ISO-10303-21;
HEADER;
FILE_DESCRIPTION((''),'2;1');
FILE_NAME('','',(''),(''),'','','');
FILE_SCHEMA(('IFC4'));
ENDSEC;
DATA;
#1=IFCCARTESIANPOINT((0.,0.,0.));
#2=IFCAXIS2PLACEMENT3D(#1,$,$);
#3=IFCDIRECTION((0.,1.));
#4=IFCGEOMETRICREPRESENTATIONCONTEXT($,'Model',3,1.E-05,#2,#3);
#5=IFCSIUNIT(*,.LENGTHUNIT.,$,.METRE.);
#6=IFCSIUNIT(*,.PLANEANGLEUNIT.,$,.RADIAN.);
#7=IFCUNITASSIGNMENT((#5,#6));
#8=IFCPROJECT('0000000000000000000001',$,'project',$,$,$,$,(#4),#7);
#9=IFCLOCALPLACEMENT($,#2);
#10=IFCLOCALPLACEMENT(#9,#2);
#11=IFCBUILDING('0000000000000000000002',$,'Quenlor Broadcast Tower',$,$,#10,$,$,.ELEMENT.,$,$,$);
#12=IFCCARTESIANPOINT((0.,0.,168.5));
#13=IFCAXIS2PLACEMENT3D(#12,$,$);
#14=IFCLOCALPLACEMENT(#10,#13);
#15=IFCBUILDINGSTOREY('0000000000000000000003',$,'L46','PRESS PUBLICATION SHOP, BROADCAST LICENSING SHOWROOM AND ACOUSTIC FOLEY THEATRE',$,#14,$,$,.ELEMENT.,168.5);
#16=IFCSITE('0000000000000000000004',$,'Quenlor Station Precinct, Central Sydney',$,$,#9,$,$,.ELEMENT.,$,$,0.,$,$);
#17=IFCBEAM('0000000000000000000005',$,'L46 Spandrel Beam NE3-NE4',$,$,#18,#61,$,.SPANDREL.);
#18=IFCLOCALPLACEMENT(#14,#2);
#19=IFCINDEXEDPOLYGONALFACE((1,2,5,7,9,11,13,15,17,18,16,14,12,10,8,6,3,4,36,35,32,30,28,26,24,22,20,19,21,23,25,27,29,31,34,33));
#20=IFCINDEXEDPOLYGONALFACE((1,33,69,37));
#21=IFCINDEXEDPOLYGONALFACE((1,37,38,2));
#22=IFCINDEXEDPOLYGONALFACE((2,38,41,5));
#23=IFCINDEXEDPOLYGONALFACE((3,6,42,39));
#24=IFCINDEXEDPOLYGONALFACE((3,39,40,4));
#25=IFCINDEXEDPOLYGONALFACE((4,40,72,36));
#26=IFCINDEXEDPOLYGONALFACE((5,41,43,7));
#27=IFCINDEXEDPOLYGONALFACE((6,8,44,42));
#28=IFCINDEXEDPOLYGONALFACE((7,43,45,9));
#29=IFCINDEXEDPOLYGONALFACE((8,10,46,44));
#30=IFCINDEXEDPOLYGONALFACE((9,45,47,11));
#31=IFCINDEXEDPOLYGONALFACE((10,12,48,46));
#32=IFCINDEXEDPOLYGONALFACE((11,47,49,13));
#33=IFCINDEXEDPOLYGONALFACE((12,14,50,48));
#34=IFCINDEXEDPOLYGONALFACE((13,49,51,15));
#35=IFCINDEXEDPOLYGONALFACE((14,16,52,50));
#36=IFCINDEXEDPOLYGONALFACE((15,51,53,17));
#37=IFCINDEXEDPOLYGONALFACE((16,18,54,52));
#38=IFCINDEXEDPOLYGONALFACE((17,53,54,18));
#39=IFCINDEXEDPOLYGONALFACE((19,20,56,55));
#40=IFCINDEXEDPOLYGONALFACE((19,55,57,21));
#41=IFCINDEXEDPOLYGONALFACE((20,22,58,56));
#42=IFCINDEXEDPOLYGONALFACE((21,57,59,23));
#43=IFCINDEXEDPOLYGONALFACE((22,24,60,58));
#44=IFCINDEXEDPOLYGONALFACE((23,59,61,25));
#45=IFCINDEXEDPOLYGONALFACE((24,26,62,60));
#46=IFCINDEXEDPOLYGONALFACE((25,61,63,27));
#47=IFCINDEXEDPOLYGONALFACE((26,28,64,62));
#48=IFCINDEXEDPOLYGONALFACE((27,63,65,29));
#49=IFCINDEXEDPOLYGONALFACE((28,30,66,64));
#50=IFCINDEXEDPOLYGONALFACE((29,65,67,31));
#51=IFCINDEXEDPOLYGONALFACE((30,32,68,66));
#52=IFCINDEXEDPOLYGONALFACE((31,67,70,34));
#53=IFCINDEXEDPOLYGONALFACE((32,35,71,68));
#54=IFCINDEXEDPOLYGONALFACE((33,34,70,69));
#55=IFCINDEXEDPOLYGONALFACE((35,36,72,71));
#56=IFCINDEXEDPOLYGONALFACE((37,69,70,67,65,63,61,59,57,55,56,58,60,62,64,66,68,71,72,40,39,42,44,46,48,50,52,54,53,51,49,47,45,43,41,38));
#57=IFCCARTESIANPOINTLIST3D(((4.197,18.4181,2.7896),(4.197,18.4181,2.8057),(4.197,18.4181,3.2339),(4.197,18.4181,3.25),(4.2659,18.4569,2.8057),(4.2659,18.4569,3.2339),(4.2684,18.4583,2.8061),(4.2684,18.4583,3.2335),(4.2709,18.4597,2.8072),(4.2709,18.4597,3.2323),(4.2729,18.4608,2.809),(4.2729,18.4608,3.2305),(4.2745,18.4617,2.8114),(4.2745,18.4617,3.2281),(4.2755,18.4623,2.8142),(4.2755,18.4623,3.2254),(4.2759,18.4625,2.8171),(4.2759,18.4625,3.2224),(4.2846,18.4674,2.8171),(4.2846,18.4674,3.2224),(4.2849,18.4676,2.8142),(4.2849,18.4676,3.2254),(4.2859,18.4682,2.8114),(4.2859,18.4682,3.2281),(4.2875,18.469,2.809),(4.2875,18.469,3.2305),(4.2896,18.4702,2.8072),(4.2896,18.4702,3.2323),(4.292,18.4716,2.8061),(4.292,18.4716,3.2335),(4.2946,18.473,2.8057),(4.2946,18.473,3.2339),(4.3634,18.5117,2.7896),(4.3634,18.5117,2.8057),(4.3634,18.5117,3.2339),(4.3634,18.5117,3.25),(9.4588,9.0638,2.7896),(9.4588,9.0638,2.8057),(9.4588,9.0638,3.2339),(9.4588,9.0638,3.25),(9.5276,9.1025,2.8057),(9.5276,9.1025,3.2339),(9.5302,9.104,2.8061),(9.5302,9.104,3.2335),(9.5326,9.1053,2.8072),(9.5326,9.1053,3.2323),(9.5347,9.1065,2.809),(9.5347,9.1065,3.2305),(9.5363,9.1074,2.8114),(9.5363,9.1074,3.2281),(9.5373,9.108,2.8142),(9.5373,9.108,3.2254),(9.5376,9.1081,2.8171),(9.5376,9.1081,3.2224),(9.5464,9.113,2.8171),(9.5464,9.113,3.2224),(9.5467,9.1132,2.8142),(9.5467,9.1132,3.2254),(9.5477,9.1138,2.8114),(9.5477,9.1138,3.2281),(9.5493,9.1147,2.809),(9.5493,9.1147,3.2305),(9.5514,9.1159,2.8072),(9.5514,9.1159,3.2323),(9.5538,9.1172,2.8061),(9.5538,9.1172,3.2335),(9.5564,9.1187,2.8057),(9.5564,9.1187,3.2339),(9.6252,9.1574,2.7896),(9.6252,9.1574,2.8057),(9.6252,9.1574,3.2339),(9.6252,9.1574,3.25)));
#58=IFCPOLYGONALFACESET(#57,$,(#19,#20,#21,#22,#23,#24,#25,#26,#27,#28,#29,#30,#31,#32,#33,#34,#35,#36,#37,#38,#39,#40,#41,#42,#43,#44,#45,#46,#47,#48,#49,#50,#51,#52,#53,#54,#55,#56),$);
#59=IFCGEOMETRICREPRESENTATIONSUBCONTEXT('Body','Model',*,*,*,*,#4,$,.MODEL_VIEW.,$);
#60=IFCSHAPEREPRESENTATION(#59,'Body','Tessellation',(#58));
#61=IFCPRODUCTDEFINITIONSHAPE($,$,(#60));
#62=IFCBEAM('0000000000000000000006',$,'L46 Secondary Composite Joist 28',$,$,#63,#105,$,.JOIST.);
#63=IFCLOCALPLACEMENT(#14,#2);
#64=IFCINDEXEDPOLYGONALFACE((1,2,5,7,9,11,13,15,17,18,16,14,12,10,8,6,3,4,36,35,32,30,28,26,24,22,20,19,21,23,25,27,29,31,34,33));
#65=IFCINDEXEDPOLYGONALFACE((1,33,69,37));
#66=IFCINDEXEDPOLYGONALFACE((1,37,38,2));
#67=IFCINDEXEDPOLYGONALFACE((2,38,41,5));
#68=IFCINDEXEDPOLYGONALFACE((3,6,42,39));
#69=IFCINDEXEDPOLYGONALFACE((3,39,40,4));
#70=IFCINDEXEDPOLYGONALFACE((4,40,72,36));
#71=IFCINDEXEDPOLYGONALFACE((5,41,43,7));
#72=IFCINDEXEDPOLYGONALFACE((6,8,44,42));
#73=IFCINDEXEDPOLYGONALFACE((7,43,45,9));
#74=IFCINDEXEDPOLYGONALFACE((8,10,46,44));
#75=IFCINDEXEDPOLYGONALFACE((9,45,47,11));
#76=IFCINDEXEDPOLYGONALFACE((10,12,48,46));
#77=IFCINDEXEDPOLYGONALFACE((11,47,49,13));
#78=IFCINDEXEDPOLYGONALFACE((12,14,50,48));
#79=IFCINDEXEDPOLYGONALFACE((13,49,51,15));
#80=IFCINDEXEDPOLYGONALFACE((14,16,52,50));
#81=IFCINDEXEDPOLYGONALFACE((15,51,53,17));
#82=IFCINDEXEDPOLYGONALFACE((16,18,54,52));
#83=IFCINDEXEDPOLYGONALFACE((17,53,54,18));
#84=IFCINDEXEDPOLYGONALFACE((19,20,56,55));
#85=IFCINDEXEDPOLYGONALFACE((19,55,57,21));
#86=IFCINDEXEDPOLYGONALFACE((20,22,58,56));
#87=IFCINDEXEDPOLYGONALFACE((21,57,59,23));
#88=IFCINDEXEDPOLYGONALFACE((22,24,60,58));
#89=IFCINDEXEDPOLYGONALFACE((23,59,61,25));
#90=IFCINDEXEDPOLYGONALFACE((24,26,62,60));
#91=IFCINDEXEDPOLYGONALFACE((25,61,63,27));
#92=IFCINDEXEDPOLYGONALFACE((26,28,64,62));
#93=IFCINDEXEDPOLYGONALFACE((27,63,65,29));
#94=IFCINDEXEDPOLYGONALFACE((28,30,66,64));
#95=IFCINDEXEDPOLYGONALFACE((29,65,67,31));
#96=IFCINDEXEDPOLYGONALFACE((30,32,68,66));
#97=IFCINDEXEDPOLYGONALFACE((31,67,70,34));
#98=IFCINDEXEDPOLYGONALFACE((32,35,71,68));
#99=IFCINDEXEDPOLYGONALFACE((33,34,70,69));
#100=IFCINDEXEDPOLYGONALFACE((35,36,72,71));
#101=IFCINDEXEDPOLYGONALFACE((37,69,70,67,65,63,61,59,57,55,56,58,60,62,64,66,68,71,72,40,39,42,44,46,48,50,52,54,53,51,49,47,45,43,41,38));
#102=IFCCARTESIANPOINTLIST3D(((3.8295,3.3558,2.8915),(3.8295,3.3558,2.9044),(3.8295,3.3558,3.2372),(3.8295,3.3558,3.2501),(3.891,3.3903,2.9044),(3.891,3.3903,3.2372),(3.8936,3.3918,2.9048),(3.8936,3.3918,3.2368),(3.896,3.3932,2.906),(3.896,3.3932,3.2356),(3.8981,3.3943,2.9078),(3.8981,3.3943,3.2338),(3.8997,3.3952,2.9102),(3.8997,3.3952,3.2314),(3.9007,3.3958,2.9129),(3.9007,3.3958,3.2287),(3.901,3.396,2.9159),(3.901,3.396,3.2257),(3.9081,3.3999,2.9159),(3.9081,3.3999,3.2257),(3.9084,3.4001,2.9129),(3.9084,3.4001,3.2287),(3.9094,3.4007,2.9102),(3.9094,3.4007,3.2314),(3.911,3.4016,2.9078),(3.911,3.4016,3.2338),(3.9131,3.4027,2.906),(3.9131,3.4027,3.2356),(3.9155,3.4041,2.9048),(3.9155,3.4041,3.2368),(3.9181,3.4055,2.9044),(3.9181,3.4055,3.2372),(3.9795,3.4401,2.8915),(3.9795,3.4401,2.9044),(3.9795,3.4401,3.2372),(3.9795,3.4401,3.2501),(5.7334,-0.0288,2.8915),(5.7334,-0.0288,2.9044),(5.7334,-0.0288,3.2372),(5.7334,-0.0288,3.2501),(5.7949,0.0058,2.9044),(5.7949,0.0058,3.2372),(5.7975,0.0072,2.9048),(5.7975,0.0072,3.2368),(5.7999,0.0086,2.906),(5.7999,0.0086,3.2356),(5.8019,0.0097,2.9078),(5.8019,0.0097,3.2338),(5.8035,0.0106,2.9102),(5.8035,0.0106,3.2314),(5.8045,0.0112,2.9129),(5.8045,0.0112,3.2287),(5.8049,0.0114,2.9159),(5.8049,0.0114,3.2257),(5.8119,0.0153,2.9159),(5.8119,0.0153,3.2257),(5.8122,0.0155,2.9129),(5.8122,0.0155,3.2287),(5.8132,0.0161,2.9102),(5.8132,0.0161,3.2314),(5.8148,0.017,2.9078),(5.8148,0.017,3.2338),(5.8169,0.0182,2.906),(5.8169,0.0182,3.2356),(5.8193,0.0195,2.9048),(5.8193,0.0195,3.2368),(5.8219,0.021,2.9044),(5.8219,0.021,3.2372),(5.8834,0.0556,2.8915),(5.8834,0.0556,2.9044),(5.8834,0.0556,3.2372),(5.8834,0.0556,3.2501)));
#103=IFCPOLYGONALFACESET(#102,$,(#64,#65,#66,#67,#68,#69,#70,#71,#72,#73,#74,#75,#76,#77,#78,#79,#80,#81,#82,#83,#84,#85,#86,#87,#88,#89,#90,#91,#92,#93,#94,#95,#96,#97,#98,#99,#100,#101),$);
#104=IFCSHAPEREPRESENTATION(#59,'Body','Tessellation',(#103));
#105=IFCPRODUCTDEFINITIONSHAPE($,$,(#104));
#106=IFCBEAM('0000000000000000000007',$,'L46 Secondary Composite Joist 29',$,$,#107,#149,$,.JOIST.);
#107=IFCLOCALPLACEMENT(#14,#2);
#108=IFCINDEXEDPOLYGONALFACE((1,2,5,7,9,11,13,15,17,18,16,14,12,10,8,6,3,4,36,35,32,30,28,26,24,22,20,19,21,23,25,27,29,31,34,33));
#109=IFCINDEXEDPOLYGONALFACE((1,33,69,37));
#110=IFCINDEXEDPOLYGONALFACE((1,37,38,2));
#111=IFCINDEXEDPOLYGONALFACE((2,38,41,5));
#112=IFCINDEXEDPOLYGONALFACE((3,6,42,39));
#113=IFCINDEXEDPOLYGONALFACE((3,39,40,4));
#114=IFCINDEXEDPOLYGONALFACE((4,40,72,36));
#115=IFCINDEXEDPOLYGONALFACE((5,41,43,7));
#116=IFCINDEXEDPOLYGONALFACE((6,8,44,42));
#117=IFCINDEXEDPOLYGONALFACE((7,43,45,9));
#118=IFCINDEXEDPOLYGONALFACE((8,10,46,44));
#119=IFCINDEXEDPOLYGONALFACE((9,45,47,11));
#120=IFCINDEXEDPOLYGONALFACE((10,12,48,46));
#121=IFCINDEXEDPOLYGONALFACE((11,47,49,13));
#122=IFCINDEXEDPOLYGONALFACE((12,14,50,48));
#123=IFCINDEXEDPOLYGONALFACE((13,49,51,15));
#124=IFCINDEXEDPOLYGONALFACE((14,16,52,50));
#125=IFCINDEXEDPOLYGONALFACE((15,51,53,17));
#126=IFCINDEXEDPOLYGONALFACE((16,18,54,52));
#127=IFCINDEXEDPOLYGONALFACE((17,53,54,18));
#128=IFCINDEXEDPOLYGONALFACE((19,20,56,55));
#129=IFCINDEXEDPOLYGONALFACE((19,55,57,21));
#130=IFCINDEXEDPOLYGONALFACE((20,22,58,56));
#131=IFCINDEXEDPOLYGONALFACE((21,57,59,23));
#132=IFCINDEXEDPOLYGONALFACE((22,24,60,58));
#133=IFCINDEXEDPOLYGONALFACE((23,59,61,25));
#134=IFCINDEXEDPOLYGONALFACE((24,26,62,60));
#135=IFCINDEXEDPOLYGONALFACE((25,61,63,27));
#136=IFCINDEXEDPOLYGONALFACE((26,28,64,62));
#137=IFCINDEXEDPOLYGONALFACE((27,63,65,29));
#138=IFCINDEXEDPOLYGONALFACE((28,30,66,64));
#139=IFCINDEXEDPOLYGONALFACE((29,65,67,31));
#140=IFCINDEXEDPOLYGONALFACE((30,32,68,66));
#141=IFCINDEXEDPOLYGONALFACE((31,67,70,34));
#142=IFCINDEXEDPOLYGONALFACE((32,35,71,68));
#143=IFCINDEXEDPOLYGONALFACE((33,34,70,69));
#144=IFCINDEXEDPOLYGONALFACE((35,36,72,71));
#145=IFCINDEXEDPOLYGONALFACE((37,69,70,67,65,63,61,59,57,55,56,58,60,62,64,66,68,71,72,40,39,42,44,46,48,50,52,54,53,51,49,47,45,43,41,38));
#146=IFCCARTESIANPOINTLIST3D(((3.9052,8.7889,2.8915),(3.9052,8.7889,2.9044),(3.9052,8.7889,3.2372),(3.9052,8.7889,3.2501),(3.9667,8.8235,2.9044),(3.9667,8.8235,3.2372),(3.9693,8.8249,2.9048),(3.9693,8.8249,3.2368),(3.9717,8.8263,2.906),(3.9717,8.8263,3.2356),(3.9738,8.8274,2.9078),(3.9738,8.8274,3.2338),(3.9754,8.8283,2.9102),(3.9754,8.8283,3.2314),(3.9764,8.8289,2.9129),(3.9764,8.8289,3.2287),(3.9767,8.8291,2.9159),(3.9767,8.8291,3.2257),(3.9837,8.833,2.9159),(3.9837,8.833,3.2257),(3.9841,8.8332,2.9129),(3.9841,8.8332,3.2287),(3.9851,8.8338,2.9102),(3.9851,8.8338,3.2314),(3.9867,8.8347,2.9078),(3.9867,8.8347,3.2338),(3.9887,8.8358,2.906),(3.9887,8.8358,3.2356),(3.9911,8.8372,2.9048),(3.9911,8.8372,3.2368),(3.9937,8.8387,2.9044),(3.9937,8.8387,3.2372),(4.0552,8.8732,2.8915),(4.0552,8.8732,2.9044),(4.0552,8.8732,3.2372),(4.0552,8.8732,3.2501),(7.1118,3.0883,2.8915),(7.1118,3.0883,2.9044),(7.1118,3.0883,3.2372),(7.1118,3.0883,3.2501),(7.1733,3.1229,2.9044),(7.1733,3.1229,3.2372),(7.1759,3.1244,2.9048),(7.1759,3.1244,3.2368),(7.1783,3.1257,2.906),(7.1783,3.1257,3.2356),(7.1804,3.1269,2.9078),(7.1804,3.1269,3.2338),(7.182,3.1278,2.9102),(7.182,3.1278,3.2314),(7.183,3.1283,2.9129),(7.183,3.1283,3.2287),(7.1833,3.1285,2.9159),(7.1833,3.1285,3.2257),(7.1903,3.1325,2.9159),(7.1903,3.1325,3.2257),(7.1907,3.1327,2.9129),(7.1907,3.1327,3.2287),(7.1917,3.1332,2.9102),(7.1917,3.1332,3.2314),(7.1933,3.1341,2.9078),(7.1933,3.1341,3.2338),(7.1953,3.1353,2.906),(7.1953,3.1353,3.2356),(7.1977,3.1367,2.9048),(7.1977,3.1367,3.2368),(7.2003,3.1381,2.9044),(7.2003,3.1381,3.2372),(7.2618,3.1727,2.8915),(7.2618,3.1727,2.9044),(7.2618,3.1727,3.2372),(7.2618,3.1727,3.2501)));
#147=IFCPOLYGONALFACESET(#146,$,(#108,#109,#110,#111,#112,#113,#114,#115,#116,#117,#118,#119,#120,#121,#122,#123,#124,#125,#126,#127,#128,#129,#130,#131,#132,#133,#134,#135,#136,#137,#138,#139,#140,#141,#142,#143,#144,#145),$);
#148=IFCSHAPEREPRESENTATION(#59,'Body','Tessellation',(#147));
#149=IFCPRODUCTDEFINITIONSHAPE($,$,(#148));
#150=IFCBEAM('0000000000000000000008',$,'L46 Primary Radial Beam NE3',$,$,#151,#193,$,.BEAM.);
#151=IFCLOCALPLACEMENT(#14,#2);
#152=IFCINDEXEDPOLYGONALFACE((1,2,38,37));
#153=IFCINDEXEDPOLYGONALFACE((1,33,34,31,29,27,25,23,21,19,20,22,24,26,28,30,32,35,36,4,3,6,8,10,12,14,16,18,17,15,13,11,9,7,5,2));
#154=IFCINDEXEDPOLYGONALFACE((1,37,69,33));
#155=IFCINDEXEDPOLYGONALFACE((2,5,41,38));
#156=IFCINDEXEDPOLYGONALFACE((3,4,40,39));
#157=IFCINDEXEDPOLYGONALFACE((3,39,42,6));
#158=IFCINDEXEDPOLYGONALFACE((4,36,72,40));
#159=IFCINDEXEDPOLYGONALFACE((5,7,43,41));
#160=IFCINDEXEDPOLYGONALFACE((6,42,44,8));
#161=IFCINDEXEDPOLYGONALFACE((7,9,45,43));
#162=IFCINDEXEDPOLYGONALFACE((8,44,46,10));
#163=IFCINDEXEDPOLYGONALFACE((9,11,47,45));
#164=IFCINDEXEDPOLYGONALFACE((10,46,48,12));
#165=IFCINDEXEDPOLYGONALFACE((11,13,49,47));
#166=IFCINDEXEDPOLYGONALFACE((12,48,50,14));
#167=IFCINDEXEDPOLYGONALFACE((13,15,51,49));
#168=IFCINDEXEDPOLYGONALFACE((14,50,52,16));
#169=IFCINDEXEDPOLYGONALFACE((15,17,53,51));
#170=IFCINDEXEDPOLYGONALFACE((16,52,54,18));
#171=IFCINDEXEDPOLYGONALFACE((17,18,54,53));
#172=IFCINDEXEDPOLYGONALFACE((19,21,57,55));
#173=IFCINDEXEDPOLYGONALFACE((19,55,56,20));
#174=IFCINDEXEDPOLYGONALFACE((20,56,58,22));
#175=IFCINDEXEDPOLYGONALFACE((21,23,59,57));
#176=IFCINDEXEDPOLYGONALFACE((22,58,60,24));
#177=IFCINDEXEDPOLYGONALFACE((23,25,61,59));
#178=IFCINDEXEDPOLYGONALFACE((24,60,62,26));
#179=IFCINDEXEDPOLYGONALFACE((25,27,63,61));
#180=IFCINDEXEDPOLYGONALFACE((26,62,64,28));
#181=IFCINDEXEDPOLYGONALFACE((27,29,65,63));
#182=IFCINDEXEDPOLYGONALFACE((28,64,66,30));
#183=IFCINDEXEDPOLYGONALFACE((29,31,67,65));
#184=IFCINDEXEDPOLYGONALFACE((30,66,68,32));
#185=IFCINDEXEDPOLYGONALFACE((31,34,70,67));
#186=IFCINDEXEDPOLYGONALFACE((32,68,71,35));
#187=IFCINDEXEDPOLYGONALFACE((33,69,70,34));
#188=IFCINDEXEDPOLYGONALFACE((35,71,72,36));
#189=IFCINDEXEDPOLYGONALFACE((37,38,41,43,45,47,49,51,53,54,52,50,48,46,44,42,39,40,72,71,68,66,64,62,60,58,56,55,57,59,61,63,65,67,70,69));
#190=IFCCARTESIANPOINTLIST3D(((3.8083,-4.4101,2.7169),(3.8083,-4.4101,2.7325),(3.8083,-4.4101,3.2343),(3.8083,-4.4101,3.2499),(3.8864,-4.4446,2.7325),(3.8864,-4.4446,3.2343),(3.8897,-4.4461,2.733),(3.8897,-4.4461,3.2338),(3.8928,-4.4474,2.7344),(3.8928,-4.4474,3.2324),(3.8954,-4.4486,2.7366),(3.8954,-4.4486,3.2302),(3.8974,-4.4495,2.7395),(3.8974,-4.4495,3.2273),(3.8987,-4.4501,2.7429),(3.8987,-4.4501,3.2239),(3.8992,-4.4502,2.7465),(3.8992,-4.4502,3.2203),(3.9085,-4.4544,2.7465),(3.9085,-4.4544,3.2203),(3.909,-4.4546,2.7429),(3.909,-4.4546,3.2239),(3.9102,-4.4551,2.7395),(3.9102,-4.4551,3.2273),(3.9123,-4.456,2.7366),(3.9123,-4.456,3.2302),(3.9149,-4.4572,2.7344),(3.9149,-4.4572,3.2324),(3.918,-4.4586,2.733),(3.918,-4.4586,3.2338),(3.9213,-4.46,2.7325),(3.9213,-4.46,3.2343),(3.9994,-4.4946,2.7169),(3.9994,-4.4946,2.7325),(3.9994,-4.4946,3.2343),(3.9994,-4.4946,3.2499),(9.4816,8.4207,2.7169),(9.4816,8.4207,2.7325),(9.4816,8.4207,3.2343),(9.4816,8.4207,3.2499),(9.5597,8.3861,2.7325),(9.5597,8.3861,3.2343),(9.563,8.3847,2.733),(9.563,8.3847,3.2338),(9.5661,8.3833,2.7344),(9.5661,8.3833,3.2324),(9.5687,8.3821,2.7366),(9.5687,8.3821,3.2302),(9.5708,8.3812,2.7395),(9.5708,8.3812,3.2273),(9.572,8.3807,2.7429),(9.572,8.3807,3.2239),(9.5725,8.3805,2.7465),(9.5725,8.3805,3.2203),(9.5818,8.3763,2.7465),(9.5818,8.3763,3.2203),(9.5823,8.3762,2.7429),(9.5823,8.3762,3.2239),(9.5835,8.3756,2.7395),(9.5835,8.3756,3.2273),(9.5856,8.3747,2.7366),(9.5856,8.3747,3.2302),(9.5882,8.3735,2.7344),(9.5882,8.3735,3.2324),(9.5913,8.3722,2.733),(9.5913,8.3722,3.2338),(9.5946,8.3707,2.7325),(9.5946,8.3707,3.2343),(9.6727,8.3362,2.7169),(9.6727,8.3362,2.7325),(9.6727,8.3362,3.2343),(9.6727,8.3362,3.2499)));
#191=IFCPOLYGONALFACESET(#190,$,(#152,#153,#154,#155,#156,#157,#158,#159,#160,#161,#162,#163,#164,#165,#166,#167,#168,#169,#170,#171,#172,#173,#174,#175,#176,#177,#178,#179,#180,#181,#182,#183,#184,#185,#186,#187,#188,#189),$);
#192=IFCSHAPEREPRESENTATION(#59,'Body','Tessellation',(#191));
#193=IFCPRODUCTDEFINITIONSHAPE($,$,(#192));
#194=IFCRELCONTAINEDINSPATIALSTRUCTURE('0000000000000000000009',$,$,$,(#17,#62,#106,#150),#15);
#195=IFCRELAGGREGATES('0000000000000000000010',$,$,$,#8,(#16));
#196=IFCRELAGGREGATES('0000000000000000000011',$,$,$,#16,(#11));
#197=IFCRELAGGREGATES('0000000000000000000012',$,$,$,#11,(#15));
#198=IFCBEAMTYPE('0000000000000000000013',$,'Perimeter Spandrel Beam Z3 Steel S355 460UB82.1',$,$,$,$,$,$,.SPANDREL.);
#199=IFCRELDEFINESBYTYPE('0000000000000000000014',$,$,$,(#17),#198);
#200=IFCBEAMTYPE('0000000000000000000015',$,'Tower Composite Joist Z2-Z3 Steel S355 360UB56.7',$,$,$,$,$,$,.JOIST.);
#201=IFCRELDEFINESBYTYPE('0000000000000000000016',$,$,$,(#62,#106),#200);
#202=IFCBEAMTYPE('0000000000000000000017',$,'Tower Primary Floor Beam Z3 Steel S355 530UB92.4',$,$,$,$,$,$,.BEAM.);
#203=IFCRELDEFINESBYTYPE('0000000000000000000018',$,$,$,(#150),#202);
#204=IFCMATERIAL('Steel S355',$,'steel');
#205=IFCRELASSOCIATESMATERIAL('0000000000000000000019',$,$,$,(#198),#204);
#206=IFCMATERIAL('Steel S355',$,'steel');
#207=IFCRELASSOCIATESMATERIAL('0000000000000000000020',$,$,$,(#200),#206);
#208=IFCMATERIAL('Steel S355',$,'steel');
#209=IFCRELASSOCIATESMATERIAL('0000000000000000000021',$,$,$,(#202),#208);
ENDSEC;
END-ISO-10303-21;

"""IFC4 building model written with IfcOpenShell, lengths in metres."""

from ifc_helpers import new_model, si_unit, direction, frame, origin, origin_2d, place, context, subcontext, project, spatial, i_section, extrude, material, material_profile, profile_set, type_object, element, save


model = new_model("IFC4")

# Units and contexts
model_context = context("Model", 3, precision=1e-05, world=origin(), true_north=direction((0.0, 1.0)))
body_context = subcontext(model_context, "Body", "Model", "MODEL_VIEW")
ifc_project = project(units=[si_unit("LENGTHUNIT", "METRE"), si_unit("PLANEANGLEUNIT", "RADIAN")], contexts=[model_context])

# Site, building, storey
site_placement = place(None, origin())
site = spatial("IfcSite", under=ifc_project, at=site_placement, Name="Quenlor Station Precinct, Central Sydney", CompositionType="ELEMENT", RefElevation=0.0)
building_placement = place(site_placement, origin())
building = spatial("IfcBuilding", under=site, at=building_placement, Name="Quenlor Broadcast Tower", CompositionType="ELEMENT")
storey_placement = place(building_placement, frame((0.0, 0.0, 168.5)))
storey = spatial("IfcBuildingStorey", under=building, at=storey_placement, Name="L46", Description="PRESS PUBLICATION SHOP, BROADCAST LICENSING SHOWROOM AND ACOUSTIC FOLEY THEATRE", CompositionType="ELEMENT", Elevation=168.5)

# Beams
ifc_material_1 = material(Name="Steel S355", Category="steel")
ifc_material_profile_1 = material_profile(ifc_material_1, i_section(OverallWidth=0.1909, OverallDepth=0.4604, WebThickness=0.01, FlangeThickness=0.0161, FilletRadius=0.0115, at=origin_2d()))
ifc_profile_set_1 = profile_set([ifc_material_profile_1], Name="Steel S355 460UB82.1")
beam_type_1 = type_object("IfcBeamType", Name="Perimeter Spandrel Beam Z3 Steel S355 460UB82.1", PredefinedType="SPANDREL", material=ifc_profile_set_1)
beam_1_placement = place(storey_placement, frame((9.542, 9.1106, 3.0198), z_axis=(-0.490258, 0.871577, 0.0), x_axis=(-0.871577, -0.490258, 0.0)))
element("IfcBeam", 1, at=beam_1_placement, inside=storey, type_object=beam_type_1, Name="L46 Spandrel Beam NE3-NE4", PredefinedType="SPANDREL", context=body_context, shape_type="SweptSolid", body=[
    extrude(i_section(OverallWidth=0.1909, OverallDepth=0.4604, WebThickness=0.01, FlangeThickness=0.0161, FilletRadius=0.0115, at=origin_2d()), origin(), (0.0, 0.0, 1.0), 10.7327),
])
ifc_material_2 = material(Name="Steel S355", Category="steel")
ifc_material_profile_2 = material_profile(ifc_material_2, i_section(OverallWidth=0.1721, OverallDepth=0.3586, WebThickness=0.0081, FlangeThickness=0.0129, FilletRadius=0.0115, at=origin_2d()))
ifc_profile_set_2 = profile_set([ifc_material_profile_2], Name="Steel S355 360UB56.7")
beam_type_2 = type_object("IfcBeamType", Name="Tower Composite Joist Z2-Z3 Steel S355 360UB56.7", PredefinedType="JOIST", material=ifc_profile_set_2)
beam_2_placement = place(storey_placement, frame((3.9045, 3.3979, 3.0708), z_axis=(0.490264, -0.871574, 0.0), x_axis=(0.871574, 0.490264, 0.0)))
element("IfcBeam", 2, at=beam_2_placement, inside=storey, type_object=beam_type_2, Name="L46 Secondary Composite Joist 28", PredefinedType="JOIST", context=body_context, shape_type="SweptSolid", body=[
    extrude(i_section(OverallWidth=0.1721, OverallDepth=0.3586, WebThickness=0.0081, FlangeThickness=0.0129, FilletRadius=0.0115, at=origin_2d()), origin(), (0.0, 0.0, 1.0), 3.8833),
])
beam_3_placement = place(storey_placement, frame((3.9802, 8.8311, 3.0708), z_axis=(0.490267, -0.871573, 0.0), x_axis=(0.871573, 0.490267, 0.0)))
element("IfcBeam", 3, at=beam_3_placement, inside=storey, type_object=beam_type_2, Name="L46 Secondary Composite Joist 29", PredefinedType="JOIST", context=body_context, shape_type="SweptSolid", body=[
    extrude(i_section(OverallWidth=0.1721, OverallDepth=0.3586, WebThickness=0.0081, FlangeThickness=0.0129, FilletRadius=0.0115, at=origin_2d()), origin(), (0.0, 0.0, 1.0), 6.5405),
])
ifc_material_3 = material(Name="Steel S355", Category="steel")
ifc_material_profile_3 = material_profile(ifc_material_3, i_section(OverallWidth=0.209, OverallDepth=0.533, WebThickness=0.0103, FlangeThickness=0.0156, FilletRadius=0.0139, at=origin_2d()))
ifc_profile_set_3 = profile_set([ifc_material_profile_3], Name="Steel S355 530UB92.4")
beam_type_3 = type_object("IfcBeamType", Name="Tower Primary Floor Beam Z3 Steel S355 530UB92.4", PredefinedType="BEAM", material=ifc_profile_set_3)
beam_4_placement = place(storey_placement, frame((9.5771, 8.3784, 2.9834), z_axis=(-0.404397, -0.914583, 0.0), x_axis=(0.914583, -0.404397, 0.0)))
element("IfcBeam", 4, at=beam_4_placement, inside=storey, type_object=beam_type_3, Name="L46 Primary Radial Beam NE3", PredefinedType="BEAM", context=body_context, shape_type="SweptSolid", body=[
    extrude(i_section(OverallWidth=0.209, OverallDepth=0.533, WebThickness=0.0103, FlangeThickness=0.0156, FilletRadius=0.0139, at=origin_2d()), origin(), (0.0, 0.0, 1.0), 14.0291),
])

save(model, "model.ifc")
